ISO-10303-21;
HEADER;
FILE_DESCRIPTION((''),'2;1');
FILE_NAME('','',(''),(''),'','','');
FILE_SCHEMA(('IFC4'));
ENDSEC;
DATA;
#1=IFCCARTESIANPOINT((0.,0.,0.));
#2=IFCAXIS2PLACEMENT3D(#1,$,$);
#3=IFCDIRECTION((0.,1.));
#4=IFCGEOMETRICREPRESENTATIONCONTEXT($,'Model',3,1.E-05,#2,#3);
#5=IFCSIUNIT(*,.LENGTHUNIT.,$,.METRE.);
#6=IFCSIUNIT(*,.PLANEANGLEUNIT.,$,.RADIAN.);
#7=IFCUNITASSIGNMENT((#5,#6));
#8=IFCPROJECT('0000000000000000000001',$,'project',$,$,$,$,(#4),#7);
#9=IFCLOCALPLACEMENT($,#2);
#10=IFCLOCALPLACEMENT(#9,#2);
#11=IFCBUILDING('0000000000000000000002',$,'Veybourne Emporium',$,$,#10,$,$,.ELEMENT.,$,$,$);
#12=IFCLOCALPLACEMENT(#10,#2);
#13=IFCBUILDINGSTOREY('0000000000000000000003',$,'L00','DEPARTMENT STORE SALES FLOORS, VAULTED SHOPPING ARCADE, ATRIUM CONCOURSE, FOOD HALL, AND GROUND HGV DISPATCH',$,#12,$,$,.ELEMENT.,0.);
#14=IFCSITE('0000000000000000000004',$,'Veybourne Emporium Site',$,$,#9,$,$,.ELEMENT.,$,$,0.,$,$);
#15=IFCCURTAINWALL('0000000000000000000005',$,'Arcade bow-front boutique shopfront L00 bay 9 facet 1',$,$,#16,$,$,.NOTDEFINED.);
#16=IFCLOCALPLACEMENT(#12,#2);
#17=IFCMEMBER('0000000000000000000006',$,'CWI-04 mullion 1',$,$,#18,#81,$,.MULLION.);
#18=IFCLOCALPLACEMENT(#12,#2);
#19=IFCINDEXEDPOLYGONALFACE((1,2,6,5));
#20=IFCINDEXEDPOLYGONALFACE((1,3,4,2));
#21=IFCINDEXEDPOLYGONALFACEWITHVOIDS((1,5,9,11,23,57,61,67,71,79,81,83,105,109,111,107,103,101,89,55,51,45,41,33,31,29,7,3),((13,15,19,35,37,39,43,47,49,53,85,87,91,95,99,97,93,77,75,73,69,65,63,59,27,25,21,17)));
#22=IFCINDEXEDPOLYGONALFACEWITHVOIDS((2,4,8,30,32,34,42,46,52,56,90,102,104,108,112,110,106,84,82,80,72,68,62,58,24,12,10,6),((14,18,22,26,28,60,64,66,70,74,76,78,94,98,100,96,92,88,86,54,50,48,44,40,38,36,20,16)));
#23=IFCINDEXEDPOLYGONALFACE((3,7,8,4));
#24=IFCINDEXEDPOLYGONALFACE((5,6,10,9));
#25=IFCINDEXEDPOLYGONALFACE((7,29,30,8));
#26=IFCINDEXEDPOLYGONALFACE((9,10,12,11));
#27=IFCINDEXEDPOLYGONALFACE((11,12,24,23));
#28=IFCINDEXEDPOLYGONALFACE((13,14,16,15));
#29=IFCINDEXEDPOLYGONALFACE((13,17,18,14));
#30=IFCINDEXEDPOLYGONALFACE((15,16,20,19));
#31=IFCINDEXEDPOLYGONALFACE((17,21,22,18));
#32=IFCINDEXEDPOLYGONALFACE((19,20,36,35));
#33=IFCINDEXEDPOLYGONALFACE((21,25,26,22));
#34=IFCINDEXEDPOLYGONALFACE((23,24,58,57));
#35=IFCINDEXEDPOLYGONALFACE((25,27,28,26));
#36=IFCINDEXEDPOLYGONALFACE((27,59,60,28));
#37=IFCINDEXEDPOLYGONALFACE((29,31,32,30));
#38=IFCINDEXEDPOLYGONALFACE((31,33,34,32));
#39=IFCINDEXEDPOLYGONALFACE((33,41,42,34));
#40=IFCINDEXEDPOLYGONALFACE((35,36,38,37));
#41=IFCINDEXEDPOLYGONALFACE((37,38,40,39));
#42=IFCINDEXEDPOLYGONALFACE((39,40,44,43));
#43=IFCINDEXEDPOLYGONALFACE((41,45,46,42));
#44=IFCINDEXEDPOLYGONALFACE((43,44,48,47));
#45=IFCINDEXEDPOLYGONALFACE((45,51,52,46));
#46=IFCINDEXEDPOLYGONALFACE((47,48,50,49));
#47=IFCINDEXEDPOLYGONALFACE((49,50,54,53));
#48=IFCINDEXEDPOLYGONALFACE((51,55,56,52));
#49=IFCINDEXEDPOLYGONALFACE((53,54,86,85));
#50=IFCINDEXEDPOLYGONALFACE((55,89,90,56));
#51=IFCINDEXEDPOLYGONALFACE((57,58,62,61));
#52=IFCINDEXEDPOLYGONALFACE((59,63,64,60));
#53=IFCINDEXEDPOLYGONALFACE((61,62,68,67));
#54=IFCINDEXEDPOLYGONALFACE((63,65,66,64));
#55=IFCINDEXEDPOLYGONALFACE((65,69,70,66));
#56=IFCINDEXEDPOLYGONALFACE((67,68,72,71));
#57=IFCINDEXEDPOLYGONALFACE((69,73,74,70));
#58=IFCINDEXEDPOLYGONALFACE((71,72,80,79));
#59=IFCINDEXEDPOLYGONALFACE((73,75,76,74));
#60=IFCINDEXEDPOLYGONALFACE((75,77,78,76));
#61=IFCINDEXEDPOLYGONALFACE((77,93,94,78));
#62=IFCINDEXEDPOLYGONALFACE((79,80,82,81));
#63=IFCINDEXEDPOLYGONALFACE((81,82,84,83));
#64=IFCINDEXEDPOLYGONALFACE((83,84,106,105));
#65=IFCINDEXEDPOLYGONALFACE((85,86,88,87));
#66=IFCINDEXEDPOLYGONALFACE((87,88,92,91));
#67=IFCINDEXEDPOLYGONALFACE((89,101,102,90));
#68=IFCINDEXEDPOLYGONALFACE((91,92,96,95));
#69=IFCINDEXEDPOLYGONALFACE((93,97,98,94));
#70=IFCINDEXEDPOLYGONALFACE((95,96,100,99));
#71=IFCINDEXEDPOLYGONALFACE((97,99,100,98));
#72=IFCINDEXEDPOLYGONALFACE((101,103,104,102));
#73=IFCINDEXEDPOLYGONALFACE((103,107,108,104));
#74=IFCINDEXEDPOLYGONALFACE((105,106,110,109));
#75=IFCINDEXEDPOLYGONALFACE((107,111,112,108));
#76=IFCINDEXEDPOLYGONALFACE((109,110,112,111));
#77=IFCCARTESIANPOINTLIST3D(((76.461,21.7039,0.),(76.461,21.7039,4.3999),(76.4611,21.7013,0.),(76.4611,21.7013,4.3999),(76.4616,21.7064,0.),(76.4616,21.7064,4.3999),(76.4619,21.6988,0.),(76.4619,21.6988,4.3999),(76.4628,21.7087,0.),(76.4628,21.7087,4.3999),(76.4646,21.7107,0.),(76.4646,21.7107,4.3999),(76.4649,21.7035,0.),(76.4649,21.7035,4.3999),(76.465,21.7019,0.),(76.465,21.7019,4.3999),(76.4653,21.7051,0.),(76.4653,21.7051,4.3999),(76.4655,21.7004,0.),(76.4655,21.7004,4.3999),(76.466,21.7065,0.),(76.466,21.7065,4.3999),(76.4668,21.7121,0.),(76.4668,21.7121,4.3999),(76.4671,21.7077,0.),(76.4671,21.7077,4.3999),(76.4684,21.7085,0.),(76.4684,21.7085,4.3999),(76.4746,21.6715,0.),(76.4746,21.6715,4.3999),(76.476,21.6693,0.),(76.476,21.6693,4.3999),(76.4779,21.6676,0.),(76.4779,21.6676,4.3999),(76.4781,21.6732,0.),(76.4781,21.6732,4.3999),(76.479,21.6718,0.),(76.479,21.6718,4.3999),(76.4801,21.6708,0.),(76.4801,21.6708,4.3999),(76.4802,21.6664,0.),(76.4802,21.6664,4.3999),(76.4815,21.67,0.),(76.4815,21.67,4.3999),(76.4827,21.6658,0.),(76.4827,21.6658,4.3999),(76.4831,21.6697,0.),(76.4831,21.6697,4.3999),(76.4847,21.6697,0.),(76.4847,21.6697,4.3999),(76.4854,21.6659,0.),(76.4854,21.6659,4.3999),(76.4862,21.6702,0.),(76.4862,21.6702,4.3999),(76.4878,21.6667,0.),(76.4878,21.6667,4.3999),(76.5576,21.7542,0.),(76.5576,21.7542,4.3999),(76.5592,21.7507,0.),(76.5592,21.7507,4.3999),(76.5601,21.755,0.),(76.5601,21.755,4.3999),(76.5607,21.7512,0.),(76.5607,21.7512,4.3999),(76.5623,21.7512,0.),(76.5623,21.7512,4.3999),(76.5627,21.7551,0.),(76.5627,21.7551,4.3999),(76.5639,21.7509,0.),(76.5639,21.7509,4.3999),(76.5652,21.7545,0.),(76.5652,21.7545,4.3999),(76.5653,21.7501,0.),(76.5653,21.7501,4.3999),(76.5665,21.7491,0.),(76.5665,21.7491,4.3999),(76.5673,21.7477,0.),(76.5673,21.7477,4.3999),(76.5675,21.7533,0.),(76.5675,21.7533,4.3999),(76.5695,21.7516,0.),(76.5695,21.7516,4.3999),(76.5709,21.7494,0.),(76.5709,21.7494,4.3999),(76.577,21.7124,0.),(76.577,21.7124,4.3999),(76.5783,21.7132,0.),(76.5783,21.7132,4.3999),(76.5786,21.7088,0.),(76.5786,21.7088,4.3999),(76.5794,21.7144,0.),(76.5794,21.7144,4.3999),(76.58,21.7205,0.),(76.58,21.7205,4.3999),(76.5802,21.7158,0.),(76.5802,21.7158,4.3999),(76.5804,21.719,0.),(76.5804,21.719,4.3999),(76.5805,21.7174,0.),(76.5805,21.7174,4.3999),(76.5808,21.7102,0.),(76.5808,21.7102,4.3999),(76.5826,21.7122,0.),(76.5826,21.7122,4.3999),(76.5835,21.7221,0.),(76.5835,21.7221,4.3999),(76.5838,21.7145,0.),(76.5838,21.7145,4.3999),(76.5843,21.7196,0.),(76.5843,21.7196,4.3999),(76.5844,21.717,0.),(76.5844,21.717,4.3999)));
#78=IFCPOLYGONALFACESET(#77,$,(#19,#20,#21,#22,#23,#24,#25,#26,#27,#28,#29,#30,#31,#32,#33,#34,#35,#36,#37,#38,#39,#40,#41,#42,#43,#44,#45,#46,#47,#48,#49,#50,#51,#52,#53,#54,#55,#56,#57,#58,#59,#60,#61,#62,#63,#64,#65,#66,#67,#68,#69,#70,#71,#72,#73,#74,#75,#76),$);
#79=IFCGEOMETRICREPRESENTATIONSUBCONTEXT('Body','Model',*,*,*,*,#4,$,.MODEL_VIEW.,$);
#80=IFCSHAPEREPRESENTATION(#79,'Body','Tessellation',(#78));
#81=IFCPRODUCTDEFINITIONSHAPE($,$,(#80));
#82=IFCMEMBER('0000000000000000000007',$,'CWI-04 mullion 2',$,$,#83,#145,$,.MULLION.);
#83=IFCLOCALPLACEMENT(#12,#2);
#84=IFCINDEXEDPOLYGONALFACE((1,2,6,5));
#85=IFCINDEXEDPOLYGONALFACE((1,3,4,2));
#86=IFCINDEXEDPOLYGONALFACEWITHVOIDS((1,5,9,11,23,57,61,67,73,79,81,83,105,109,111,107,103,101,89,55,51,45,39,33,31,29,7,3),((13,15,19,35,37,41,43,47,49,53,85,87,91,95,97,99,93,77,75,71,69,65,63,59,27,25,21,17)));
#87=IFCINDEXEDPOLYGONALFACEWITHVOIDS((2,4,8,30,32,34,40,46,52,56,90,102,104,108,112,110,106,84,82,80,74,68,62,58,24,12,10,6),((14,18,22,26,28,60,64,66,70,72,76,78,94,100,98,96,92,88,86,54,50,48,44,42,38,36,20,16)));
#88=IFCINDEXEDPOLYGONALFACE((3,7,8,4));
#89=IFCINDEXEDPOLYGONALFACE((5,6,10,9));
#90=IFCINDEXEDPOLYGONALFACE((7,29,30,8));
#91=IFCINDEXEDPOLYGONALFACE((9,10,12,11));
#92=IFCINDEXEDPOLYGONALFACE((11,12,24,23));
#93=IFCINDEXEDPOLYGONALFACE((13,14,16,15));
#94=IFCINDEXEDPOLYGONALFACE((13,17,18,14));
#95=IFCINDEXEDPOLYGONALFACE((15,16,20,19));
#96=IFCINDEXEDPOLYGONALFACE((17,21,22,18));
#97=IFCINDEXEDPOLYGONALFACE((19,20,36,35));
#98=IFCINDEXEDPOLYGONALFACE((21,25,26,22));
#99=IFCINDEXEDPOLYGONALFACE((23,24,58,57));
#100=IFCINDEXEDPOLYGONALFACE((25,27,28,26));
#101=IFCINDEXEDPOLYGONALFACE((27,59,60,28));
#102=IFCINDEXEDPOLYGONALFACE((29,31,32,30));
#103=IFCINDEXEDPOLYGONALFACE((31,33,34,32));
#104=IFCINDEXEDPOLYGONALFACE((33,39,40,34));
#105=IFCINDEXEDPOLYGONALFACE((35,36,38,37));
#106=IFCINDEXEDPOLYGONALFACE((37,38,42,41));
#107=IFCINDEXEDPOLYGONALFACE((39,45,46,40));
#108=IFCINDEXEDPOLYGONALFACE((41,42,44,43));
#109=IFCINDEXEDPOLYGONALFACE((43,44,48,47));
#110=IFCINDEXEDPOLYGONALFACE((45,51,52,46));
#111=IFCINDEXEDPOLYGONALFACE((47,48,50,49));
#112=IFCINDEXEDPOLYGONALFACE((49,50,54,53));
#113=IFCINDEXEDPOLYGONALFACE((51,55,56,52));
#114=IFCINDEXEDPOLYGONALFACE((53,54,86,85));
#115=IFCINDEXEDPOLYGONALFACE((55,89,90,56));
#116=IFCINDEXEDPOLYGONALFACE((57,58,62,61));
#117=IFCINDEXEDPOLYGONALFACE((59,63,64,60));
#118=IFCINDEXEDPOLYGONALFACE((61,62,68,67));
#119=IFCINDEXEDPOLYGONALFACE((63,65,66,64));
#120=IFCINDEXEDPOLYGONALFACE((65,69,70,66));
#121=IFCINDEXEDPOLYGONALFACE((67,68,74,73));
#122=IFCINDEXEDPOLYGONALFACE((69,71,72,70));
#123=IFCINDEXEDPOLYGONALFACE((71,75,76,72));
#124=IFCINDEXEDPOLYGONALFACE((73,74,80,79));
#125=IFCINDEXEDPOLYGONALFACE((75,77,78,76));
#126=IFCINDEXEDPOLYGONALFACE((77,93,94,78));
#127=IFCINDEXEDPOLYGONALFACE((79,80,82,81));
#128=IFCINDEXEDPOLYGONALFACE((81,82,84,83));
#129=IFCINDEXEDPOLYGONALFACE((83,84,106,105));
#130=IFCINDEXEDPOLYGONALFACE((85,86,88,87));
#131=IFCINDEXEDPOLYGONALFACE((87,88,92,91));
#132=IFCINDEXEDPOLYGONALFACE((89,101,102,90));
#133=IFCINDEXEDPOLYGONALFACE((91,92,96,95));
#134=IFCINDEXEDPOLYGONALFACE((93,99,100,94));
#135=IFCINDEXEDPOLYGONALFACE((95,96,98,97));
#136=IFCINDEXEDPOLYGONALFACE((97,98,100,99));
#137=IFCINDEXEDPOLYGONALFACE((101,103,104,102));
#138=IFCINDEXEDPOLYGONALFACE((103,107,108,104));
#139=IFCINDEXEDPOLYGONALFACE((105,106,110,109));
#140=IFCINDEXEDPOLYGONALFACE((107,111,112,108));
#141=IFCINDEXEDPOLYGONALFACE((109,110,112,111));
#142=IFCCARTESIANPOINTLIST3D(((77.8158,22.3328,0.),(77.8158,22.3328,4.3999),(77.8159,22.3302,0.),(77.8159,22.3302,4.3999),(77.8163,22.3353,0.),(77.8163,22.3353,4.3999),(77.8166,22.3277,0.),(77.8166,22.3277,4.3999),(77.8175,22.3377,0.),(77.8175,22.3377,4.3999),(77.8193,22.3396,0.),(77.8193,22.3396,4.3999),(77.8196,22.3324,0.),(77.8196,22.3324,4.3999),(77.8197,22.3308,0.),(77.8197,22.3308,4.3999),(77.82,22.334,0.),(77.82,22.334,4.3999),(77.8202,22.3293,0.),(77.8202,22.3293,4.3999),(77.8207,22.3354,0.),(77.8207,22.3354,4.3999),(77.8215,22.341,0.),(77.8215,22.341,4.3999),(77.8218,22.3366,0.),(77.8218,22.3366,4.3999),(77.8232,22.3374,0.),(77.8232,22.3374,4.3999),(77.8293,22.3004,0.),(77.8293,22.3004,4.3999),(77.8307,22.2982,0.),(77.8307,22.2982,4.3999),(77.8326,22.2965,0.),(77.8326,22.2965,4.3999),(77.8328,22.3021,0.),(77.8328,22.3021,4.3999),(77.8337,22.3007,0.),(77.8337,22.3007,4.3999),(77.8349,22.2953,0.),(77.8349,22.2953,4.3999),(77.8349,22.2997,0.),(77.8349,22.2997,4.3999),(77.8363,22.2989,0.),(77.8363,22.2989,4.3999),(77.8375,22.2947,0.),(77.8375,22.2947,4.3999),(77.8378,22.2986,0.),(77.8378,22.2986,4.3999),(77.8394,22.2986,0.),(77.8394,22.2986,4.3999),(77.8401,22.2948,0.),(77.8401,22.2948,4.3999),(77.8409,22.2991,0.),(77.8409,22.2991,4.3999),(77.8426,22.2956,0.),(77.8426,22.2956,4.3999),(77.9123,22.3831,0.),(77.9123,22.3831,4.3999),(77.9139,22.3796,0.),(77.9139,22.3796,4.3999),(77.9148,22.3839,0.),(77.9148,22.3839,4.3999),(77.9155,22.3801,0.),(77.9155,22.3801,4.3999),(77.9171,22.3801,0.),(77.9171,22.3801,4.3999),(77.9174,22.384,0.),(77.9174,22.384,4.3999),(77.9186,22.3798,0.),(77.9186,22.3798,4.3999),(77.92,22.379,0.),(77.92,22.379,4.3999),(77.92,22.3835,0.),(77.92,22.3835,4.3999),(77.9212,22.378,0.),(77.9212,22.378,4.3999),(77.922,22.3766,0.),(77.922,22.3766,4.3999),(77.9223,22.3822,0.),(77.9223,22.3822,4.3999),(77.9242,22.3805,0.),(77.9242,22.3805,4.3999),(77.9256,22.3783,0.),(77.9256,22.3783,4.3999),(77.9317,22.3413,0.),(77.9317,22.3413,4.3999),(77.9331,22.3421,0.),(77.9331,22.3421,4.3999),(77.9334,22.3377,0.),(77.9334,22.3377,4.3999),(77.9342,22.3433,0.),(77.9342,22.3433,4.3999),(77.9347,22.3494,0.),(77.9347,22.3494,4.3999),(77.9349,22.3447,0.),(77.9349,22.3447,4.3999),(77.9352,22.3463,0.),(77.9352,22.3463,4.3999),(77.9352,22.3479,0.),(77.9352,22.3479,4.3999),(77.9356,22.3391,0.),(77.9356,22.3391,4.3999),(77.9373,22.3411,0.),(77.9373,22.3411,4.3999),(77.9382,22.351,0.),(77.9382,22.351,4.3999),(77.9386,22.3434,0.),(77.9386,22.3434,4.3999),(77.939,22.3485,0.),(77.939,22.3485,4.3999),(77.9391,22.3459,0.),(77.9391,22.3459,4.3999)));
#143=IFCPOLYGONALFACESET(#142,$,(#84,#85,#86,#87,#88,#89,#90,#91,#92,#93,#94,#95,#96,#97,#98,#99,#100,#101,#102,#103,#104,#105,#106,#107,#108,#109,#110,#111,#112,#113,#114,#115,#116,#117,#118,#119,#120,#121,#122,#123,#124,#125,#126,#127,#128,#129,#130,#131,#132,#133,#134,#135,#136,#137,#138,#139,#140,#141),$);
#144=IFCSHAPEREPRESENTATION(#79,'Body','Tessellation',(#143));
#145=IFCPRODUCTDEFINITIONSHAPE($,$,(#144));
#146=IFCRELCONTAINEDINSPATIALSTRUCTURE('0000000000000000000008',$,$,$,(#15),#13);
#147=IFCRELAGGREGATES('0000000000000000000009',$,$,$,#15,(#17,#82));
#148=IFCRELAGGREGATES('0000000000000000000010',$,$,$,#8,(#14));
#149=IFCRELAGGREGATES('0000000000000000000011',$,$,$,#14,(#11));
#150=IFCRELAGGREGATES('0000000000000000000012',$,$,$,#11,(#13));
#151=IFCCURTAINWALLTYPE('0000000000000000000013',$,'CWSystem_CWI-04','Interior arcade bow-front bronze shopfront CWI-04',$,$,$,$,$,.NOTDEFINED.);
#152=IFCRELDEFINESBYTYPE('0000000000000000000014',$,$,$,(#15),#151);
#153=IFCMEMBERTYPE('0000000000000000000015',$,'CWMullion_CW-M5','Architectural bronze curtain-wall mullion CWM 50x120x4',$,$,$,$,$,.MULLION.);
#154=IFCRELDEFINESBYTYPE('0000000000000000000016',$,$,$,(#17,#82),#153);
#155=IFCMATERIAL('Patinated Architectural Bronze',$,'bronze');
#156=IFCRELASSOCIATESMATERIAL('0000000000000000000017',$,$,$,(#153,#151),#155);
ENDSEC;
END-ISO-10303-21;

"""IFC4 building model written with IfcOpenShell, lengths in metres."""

from ifc_helpers import new_model, si_unit, direction, frame, origin, origin_2d, place, context, subcontext, project, spatial, hollow_rectangle, extrude, material, material_profile, profile_set, type_object, element, aggregate, save


model = new_model("IFC4")

# Units and contexts
model_context = context("Model", 3, precision=1e-05, world=origin(), true_north=direction((0.0, 1.0)))
body_context = subcontext(model_context, "Body", "Model", "MODEL_VIEW")
ifc_project = project(units=[si_unit("LENGTHUNIT", "METRE"), si_unit("PLANEANGLEUNIT", "RADIAN")], contexts=[model_context])

# Site, building, storey
site_placement = place(None, origin())
site = spatial("IfcSite", under=ifc_project, at=site_placement, Name="Veybourne Emporium Site", CompositionType="ELEMENT", RefElevation=0.0)
building_placement = place(site_placement, origin())
building = spatial("IfcBuilding", under=site, at=building_placement, Name="Veybourne Emporium", CompositionType="ELEMENT")
storey_placement = place(building_placement, origin())
storey = spatial("IfcBuildingStorey", under=building, at=storey_placement, Name="L00", Description="DEPARTMENT STORE SALES FLOORS, VAULTED SHOPPING ARCADE, ATRIUM CONCOURSE, FOOD HALL, AND GROUND HGV DISPATCH", CompositionType="ELEMENT", Elevation=0.0)

# Curtain wall, members
ifc_material_1 = material(Name="Patinated Architectural Bronze", Category="bronze")
ifc_material_profile_1 = material_profile(ifc_material_1, hollow_rectangle(XDim=0.05, YDim=0.1201, WallThickness=0.0039, InnerFilletRadius=0.0061, OuterFilletRadius=0.01, at=origin_2d()), Name="CWM 50x120x4")
ifc_profile_set_1 = profile_set([ifc_material_profile_1], Name="Patinated Architectural Bronze")
member_type_1 = type_object("IfcMemberType", Name="CWMullion_CW-M5", Description="Architectural bronze curtain-wall mullion CWM 50x120x4", PredefinedType="MULLION", material=ifc_profile_set_1)
curtain_wall_type_1 = type_object("IfcCurtainWallType", Name="CWSystem_CWI-04", Description="Interior arcade bow-front bronze shopfront CWI-04", PredefinedType="NOTDEFINED", material=ifc_material_1)
curtain_wall_1_placement = place(storey_placement, origin())
curtain_wall_1 = element("IfcCurtainWall", 1, at=curtain_wall_1_placement, inside=storey, type_object=curtain_wall_type_1, Name="Arcade bow-front boutique shopfront L00 bay 9 facet 1", PredefinedType="NOTDEFINED")
member_1_placement = place(storey_placement, frame((76.5227, 21.7104, 0.0), z_axis=(0.0, 0.0, 1.0), x_axis=(-0.421111, 0.907009, 0.0)))
member_1 = element("IfcMember", 2, at=member_1_placement, type_object=member_type_1, Name="CWI-04 mullion 1", PredefinedType="MULLION", context=body_context, shape_type="SweptSolid", body=[
    extrude(hollow_rectangle(XDim=0.05, YDim=0.1201, WallThickness=0.0039, InnerFilletRadius=0.0061, OuterFilletRadius=0.01, at=origin_2d()), origin(), (0.0, 0.0, 1.0), 4.3999),
])
member_2_placement = place(storey_placement, frame((77.8774, 22.3394, 0.0), z_axis=(0.0, 0.0, 1.0), x_axis=(-0.421111, 0.907009, 0.0)))
member_2 = element("IfcMember", 3, at=member_2_placement, type_object=member_type_1, Name="CWI-04 mullion 2", PredefinedType="MULLION", context=body_context, shape_type="SweptSolid", body=[
    extrude(hollow_rectangle(XDim=0.05, YDim=0.1201, WallThickness=0.0039, InnerFilletRadius=0.0061, OuterFilletRadius=0.01, at=origin_2d()), origin(), (0.0, 0.0, 1.0), 4.3999),
])

aggregate(curtain_wall_1, [member_1, member_2])

save(model, "model.ifc")
